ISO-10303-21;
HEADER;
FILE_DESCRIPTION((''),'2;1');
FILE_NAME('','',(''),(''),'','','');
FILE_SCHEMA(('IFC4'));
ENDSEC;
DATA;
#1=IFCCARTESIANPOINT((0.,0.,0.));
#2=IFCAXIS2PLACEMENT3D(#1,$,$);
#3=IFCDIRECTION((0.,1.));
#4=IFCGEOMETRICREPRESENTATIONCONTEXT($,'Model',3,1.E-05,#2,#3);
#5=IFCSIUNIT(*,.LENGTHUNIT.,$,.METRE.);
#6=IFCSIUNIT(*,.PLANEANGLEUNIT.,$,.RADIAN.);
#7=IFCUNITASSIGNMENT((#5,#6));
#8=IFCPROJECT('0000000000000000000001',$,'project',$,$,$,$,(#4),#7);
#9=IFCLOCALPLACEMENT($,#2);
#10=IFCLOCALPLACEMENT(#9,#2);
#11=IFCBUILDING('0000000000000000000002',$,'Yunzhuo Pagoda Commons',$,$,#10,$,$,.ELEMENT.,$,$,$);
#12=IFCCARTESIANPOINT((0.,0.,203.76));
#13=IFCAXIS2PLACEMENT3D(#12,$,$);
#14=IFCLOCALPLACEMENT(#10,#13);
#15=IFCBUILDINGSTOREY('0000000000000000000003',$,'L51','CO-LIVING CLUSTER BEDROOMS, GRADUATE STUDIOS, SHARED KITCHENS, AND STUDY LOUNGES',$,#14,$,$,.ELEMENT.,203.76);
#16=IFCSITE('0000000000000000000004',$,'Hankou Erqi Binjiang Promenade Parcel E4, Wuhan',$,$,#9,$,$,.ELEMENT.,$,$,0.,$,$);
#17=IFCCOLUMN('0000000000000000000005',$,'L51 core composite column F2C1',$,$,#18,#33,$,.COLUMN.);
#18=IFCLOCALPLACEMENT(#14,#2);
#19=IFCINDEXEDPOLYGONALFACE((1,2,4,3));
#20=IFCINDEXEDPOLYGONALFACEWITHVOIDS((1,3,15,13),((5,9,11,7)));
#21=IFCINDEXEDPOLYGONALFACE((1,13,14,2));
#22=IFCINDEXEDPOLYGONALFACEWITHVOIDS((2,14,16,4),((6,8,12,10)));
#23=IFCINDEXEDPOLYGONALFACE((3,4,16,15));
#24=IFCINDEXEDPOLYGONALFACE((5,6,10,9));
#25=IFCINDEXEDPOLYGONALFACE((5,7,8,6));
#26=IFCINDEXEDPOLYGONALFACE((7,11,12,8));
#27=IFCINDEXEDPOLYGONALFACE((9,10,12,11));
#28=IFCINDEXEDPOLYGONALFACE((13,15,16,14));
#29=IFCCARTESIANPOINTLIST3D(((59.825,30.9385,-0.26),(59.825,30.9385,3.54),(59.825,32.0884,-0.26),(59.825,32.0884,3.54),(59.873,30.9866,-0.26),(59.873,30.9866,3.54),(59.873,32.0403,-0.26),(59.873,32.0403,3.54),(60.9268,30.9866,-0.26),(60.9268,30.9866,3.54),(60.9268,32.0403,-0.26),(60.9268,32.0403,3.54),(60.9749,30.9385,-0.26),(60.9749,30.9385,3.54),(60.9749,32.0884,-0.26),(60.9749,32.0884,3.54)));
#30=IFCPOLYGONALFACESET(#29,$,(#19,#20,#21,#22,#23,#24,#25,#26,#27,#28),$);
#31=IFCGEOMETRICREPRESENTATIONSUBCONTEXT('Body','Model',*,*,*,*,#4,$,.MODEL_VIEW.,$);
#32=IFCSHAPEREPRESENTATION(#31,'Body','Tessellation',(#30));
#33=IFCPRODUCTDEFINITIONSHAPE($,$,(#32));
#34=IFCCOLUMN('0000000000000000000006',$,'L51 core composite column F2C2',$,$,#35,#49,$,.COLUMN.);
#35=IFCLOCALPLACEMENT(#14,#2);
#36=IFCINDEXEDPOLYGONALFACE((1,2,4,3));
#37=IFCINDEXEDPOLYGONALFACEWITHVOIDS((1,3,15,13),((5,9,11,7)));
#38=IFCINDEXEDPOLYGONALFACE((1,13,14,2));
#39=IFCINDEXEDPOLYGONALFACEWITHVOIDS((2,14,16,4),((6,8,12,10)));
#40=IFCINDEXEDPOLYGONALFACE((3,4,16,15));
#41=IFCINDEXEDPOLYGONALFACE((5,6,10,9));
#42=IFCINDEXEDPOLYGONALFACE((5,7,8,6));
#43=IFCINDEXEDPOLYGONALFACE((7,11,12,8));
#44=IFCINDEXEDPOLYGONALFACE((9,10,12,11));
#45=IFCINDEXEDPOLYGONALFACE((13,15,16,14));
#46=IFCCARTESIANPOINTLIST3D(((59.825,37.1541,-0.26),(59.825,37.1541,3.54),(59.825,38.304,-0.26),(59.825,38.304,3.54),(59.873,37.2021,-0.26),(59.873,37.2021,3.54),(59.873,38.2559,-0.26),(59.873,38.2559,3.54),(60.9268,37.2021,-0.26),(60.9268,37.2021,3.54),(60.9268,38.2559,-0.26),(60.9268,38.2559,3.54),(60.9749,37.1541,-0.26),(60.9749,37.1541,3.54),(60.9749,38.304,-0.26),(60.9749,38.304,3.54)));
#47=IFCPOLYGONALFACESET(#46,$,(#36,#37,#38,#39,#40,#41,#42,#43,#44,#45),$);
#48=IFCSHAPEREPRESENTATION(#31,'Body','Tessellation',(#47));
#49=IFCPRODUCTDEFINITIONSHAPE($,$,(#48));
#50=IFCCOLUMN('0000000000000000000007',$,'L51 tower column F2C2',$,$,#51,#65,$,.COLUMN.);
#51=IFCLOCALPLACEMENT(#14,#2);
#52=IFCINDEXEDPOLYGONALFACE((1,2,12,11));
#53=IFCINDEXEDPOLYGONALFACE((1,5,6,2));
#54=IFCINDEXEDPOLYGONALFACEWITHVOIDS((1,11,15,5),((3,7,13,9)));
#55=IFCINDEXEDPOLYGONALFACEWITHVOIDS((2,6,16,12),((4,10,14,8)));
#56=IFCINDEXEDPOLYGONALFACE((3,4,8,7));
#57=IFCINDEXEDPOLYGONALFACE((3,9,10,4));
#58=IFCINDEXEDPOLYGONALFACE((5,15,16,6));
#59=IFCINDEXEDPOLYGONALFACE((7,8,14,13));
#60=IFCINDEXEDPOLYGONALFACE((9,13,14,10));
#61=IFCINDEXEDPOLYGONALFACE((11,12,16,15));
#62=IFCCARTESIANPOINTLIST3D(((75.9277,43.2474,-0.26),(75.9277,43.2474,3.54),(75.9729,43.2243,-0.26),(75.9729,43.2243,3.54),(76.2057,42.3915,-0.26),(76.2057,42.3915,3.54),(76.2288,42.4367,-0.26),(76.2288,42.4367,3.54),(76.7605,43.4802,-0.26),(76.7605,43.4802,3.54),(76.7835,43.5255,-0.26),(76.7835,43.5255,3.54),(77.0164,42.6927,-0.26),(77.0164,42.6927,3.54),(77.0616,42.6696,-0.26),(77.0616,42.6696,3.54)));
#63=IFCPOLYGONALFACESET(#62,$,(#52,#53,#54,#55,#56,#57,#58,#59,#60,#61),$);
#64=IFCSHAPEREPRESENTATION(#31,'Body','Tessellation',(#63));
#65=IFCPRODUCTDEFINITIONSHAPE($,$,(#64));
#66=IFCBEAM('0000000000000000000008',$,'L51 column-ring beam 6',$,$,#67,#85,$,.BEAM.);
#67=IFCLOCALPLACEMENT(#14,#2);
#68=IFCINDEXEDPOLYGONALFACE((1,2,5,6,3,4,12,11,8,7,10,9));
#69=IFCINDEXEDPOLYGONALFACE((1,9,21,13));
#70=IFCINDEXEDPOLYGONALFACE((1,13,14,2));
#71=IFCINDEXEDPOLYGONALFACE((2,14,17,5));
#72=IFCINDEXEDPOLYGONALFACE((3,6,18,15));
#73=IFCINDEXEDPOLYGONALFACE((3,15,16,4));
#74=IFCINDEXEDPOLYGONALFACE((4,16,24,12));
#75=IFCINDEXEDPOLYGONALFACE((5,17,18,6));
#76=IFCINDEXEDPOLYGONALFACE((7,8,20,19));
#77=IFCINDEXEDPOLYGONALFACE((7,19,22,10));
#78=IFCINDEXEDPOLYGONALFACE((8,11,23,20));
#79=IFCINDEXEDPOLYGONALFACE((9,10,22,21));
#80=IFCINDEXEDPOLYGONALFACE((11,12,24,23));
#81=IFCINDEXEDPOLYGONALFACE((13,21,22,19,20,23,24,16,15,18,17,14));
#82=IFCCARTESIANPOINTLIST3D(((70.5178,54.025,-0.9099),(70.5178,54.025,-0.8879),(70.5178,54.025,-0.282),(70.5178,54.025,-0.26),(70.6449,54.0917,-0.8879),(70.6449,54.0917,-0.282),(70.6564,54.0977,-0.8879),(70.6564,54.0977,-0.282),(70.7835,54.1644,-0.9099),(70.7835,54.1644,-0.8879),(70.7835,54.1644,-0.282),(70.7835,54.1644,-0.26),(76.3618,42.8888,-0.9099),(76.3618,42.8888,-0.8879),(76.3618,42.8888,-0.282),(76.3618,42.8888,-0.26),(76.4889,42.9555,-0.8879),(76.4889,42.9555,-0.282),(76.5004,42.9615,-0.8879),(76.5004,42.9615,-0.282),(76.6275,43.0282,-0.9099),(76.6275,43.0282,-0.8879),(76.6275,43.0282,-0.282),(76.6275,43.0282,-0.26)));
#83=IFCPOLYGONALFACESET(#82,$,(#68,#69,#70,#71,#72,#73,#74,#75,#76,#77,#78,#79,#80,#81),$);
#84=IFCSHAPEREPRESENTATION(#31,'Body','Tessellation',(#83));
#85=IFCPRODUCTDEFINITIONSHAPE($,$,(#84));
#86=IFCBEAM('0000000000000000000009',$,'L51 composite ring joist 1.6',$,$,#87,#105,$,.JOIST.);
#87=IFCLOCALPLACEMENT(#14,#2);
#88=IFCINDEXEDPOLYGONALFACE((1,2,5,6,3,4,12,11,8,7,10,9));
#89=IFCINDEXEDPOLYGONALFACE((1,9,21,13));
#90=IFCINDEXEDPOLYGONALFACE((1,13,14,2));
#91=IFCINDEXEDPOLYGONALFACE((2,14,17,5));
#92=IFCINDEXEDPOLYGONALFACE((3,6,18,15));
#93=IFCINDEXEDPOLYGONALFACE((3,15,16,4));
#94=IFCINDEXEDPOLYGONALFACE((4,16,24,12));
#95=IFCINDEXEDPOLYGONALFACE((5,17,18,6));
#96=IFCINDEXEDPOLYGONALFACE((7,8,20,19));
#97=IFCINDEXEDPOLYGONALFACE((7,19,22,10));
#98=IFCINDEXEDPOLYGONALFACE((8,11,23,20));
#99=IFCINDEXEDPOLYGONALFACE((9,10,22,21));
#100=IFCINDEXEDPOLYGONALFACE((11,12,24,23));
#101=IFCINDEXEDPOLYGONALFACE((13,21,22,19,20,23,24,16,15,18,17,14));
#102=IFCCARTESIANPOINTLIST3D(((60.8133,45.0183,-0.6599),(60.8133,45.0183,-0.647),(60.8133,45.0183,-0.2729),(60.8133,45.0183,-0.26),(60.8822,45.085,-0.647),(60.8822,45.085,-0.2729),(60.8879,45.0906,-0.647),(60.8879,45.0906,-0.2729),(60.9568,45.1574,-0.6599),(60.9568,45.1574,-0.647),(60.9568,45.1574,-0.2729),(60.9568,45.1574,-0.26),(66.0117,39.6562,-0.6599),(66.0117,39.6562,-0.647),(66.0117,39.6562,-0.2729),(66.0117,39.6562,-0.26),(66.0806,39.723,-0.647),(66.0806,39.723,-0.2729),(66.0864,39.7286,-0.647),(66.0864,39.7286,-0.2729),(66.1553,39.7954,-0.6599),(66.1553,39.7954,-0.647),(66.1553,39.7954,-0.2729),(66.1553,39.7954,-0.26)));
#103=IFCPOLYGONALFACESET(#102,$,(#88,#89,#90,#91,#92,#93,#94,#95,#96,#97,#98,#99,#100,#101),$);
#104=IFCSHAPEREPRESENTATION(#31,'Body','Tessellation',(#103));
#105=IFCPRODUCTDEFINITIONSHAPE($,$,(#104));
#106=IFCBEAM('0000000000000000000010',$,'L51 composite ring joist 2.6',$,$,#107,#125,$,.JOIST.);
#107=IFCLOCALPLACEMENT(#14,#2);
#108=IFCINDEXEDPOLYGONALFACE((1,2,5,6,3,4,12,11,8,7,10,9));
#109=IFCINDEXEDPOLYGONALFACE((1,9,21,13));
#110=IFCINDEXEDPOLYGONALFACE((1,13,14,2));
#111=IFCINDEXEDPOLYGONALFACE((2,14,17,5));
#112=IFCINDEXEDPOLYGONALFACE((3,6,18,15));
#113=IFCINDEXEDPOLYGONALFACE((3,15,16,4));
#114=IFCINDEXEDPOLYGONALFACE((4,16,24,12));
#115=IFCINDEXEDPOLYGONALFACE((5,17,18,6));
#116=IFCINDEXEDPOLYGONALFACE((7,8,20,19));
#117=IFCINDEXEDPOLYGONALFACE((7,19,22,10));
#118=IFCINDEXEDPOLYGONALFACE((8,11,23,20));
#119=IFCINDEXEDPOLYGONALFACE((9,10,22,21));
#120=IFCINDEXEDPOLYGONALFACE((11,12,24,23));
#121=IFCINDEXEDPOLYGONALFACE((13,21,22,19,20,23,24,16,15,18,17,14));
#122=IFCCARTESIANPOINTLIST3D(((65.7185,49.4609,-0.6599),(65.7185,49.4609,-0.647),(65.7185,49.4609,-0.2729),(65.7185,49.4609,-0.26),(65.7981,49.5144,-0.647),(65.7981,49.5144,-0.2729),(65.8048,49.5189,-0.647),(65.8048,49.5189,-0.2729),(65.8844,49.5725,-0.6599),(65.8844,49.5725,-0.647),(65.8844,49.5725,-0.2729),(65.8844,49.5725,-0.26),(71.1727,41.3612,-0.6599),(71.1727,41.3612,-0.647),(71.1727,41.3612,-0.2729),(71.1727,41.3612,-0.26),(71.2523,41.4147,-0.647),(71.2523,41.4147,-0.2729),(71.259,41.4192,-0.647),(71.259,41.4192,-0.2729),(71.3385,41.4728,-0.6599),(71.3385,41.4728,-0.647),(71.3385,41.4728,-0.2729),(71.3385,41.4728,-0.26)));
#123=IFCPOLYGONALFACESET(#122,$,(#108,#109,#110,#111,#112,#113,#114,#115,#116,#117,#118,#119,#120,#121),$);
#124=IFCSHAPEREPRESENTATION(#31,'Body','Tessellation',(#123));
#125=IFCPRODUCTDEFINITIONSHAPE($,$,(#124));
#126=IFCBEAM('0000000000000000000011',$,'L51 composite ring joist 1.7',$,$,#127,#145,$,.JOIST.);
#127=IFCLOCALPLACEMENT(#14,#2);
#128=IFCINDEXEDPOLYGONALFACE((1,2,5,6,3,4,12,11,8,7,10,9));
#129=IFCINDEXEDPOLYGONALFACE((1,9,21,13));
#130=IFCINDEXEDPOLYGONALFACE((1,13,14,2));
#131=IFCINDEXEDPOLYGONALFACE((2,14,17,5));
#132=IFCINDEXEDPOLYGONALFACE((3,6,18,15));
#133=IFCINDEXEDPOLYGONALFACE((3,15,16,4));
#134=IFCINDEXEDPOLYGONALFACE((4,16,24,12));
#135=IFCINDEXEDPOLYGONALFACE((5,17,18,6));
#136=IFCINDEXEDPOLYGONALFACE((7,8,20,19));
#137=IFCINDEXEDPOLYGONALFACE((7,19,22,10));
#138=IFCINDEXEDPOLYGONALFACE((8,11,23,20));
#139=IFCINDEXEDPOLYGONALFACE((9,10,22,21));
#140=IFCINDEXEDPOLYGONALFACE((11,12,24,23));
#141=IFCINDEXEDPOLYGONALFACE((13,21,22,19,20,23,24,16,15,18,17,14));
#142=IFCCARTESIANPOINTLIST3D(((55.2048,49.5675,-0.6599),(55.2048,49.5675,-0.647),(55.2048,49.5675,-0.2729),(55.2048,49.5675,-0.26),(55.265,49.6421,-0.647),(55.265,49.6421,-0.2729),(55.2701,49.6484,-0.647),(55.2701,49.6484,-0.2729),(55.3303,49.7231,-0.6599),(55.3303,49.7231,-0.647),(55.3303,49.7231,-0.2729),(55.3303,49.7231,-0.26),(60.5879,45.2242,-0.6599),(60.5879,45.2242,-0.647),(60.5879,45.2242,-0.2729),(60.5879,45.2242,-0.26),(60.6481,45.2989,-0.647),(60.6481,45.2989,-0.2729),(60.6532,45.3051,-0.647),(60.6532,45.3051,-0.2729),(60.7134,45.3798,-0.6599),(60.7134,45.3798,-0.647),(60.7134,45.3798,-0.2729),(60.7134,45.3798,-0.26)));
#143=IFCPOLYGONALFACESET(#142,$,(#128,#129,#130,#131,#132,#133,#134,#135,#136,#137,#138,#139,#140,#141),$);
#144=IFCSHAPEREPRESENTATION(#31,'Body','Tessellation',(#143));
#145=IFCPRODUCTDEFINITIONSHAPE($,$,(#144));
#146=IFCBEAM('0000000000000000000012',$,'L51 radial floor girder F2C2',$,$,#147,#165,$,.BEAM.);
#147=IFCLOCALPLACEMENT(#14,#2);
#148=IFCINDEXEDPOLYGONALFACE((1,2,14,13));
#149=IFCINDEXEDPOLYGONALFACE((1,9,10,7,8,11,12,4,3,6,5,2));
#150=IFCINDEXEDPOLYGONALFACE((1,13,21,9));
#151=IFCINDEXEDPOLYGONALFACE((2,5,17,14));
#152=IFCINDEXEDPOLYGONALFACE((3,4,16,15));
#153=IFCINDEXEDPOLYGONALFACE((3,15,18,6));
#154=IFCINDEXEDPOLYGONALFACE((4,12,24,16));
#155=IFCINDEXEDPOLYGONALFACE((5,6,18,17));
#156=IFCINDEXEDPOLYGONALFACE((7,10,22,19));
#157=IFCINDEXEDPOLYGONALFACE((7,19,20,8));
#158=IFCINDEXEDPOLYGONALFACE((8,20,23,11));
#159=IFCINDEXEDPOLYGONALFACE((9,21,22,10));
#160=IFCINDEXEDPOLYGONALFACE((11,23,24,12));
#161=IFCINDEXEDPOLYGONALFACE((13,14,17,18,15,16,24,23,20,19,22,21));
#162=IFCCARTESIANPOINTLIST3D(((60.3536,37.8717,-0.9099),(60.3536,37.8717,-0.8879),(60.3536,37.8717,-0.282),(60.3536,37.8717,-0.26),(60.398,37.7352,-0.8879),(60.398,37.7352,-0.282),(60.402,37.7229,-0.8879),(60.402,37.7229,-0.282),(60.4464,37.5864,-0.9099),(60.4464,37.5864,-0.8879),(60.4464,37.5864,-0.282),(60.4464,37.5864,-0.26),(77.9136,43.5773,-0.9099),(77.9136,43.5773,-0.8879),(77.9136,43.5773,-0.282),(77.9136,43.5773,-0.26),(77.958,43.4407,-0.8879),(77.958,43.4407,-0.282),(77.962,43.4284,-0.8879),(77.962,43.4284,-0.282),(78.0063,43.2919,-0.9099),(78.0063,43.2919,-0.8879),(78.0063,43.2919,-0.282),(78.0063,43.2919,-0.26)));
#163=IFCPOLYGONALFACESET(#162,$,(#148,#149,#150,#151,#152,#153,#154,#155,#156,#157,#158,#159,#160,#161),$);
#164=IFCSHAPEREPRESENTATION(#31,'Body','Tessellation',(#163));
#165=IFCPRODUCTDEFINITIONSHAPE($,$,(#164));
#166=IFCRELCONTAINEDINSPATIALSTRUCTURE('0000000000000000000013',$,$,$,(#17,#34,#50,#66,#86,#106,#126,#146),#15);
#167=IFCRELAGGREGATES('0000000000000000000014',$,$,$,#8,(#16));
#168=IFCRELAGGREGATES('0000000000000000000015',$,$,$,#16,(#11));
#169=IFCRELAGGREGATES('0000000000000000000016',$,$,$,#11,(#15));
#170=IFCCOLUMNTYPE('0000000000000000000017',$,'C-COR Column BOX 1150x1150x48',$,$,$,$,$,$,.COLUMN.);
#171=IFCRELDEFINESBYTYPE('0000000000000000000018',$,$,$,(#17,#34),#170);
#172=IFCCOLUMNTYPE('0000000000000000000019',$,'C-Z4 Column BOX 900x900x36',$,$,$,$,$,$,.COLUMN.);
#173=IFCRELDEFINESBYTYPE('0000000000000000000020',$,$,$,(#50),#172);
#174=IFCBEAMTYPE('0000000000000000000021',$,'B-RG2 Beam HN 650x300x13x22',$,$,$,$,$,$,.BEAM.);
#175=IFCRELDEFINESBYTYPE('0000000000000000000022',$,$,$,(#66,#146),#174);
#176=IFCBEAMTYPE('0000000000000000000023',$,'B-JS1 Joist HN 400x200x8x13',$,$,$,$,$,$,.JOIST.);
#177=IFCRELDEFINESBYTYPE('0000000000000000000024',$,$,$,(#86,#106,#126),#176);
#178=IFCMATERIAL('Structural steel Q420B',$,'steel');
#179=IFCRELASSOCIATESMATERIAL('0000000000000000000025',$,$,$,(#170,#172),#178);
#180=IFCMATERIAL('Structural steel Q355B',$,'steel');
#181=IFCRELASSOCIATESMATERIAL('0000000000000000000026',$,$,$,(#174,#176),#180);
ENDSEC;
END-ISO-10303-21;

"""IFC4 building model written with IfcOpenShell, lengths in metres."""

from ifc_helpers import new_model, si_unit, direction, frame, origin, origin_2d, place, context, subcontext, project, spatial, hollow_rectangle, i_section, extrude, source, transform, mapped, material, material_profile, profile_set, type_object, element, save


model = new_model("IFC4")

# Units and contexts
model_context = context("Model", 3, precision=1e-05, world=origin(), true_north=direction((0.0, 1.0)))
body_context = subcontext(model_context, "Body", "Model", "MODEL_VIEW")
ifc_project = project(units=[si_unit("LENGTHUNIT", "METRE"), si_unit("PLANEANGLEUNIT", "RADIAN")], contexts=[model_context])

# Site, building, storey
site_placement = place(None, origin())
site = spatial("IfcSite", under=ifc_project, at=site_placement, Name="Hankou Erqi Binjiang Promenade Parcel E4, Wuhan", CompositionType="ELEMENT", RefElevation=0.0)
building_placement = place(site_placement, origin())
building = spatial("IfcBuilding", under=site, at=building_placement, Name="Yunzhuo Pagoda Commons", CompositionType="ELEMENT")
storey_placement = place(building_placement, frame((0.0, 0.0, 203.76)))
storey = spatial("IfcBuildingStorey", under=building, at=storey_placement, Name="L51", Description="CO-LIVING CLUSTER BEDROOMS, GRADUATE STUDIOS, SHARED KITCHENS, AND STUDY LOUNGES", CompositionType="ELEMENT", Elevation=203.76)

# Columns
ifc_material_1 = material(Name="Structural steel Q420B", Category="steel")
ifc_material_profile_1 = material_profile(ifc_material_1, hollow_rectangle(XDim=1.1499, YDim=1.1499, WallThickness=0.0481, at=origin_2d()), Name="Structural steel Q420B")
ifc_profile_set_1 = profile_set([ifc_material_profile_1], Name="Structural steel Q420B")
column_type_1 = type_object("IfcColumnType", Name="C-COR Column BOX 1150x1150x48", PredefinedType="COLUMN", material=ifc_profile_set_1)
shared_shape_1 = source(origin(), body_context, "Body", "SweptSolid", [
    extrude(hollow_rectangle(XDim=1.1499, YDim=1.1499, WallThickness=0.0481, at=origin_2d()), origin(), (0.0, 0.0, 1.0), 3.8),
])
for number, where, z_axis, x_axis, name in (
    (1, (60.3999, 31.5134, -0.26), (0.0, 0.0, 1.0), (1.0, 0.0, 0.0), "L51 core composite column F2C1"),
    (2, (60.3999, 37.729, -0.26), (0.0, 0.0, 1.0), (1.0, 0.0, 0.0), "L51 core composite column F2C2"),
):
    element("IfcColumn", number, at=place(storey_placement, frame(where, z_axis=z_axis, x_axis=x_axis)), inside=storey, type_object=column_type_1, Name=name, PredefinedType="COLUMN", context=body_context, shape_type="MappedRepresentation", body=[
        mapped(shared_shape_1, transform((0.0, 0.0, 0.0), scale=1.0)),
    ])
ifc_material_profile_2 = material_profile(ifc_material_1, hollow_rectangle(XDim=0.8999, YDim=0.8999, WallThickness=0.0359, at=origin_2d()), Name="Structural steel Q420B")
ifc_profile_set_2 = profile_set([ifc_material_profile_2], Name="Structural steel Q420B")
column_type_2 = type_object("IfcColumnType", Name="C-Z4 Column BOX 900x900x36", PredefinedType="COLUMN", material=ifc_profile_set_2)
shared_shape_2 = source(origin(), body_context, "Body", "SweptSolid", [
    extrude(hollow_rectangle(XDim=0.8999, YDim=0.8999, WallThickness=0.0359, at=origin_2d()), origin(), (0.0, 0.0, 1.0), 3.8),
])
column_placement = place(storey_placement, frame((76.4946, 42.9585, -0.26), z_axis=(0.0, 0.0, 1.0), x_axis=(-0.309017, 0.951057, 0.0)))
element("IfcColumn", 3, at=column_placement, inside=storey, type_object=column_type_2, Name="L51 tower column F2C2", PredefinedType="COLUMN", context=body_context, shape_type="MappedRepresentation", body=[
    mapped(shared_shape_2, transform((0.0, 0.0, 0.0), scale=1.0)),
])

# Beams
ifc_material_2 = material(Name="Structural steel Q355B", Category="steel")
ifc_material_profile_3 = material_profile(ifc_material_2, i_section(OverallWidth=0.3, OverallDepth=0.6499, WebThickness=0.0129, FlangeThickness=0.022, at=origin_2d()), Name="Structural steel Q355B")
ifc_profile_set_3 = profile_set([ifc_material_profile_3], Name="Structural steel Q355B")
beam_type_1 = type_object("IfcBeamType", Name="B-RG2 Beam HN 650x300x13x22", PredefinedType="BEAM", material=ifc_profile_set_3)
shared_shape_3 = source(origin(), body_context, "Body", "SweptSolid", [
    extrude(i_section(OverallWidth=0.3, OverallDepth=0.6499, WebThickness=0.0129, FlangeThickness=0.022, at=origin_2d()), origin(), (0.0, 0.0, 1.0), 12.5764),
])
beam_1_placement = place(storey_placement, frame((76.4946, 42.9585, -0.585), z_axis=(-0.464676, 0.885481, 0.0), x_axis=(-0.885481, -0.464676, 0.0)))
element("IfcBeam", 4, at=beam_1_placement, inside=storey, type_object=beam_type_1, Name="L51 column-ring beam 6", PredefinedType="BEAM", context=body_context, shape_type="MappedRepresentation", body=[
    mapped(shared_shape_3, transform((0.0, 0.0, 0.0), scale=1.0)),
])
ifc_material_profile_4 = material_profile(ifc_material_2, i_section(OverallWidth=0.2, OverallDepth=0.3999, WebThickness=0.0081, FlangeThickness=0.0129, at=origin_2d()), Name="Structural steel Q355B")
ifc_profile_set_4 = profile_set([ifc_material_profile_4], Name="Structural steel Q355B")
beam_type_2 = type_object("IfcBeamType", Name="B-JS1 Joist HN 400x200x8x13", PredefinedType="JOIST", material=ifc_profile_set_4)
shared_shape_4 = source(origin(), body_context, "Body", "SweptSolid", [
    extrude(i_section(OverallWidth=0.2, OverallDepth=0.3999, WebThickness=0.0081, FlangeThickness=0.0129, at=origin_2d()), origin(), (0.0, 0.0, 1.0), 7.4683),
])
beam_2_placement = place(storey_placement, frame((66.0835, 39.7258, -0.46), z_axis=(-0.696071, 0.717973, 0.0), x_axis=(-0.717973, -0.696071, 0.0)))
element("IfcBeam", 5, at=beam_2_placement, inside=storey, type_object=beam_type_2, Name="L51 composite ring joist 1.6", PredefinedType="JOIST", context=body_context, shape_type="MappedRepresentation", body=[
    mapped(shared_shape_4, transform((0.0, 0.0, 0.0), scale=1.0)),
])
shared_shape_5 = source(origin(), body_context, "Body", "SweptSolid", [
    extrude(i_section(OverallWidth=0.2, OverallDepth=0.3999, WebThickness=0.0081, FlangeThickness=0.0129, at=origin_2d()), origin(), (0.0, 0.0, 1.0), 9.7649),
])
beam_3_placement = place(storey_placement, frame((71.2556, 41.417, -0.46), z_axis=(-0.558548, 0.829472, 0.0), x_axis=(-0.829472, -0.558548, 0.0)))
element("IfcBeam", 6, at=beam_3_placement, inside=storey, type_object=beam_type_2, Name="L51 composite ring joist 2.6", PredefinedType="JOIST", context=body_context, shape_type="MappedRepresentation", body=[
    mapped(shared_shape_5, transform((0.0, 0.0, 0.0), scale=1.0)),
])
shared_shape_6 = source(origin(), body_context, "Body", "SweptSolid", [
    extrude(i_section(OverallWidth=0.2, OverallDepth=0.3999, WebThickness=0.0081, FlangeThickness=0.0129, at=origin_2d()), origin(), (0.0, 0.0, 1.0), 6.9167),
])
beam_4_placement = place(storey_placement, frame((60.6506, 45.302, -0.46), z_axis=(-0.778266, 0.627935, 0.0), x_axis=(-0.627935, -0.778266, 0.0)))
element("IfcBeam", 7, at=beam_4_placement, inside=storey, type_object=beam_type_2, Name="L51 composite ring joist 1.7", PredefinedType="JOIST", context=body_context, shape_type="MappedRepresentation", body=[
    mapped(shared_shape_6, transform((0.0, 0.0, 0.0), scale=1.0)),
])
shared_shape_7 = source(origin(), body_context, "Body", "SweptSolid", [
    extrude(i_section(OverallWidth=0.3, OverallDepth=0.6499, WebThickness=0.0129, FlangeThickness=0.022, at=origin_2d()), origin(), (0.0, 0.0, 1.0), 18.4636),
])
beam_5_placement = place(storey_placement, frame((77.96, 43.4346, -0.585), z_axis=(-0.951057, -0.309015, 0.0), x_axis=(0.309015, -0.951057, 0.0)))
element("IfcBeam", 8, at=beam_5_placement, inside=storey, type_object=beam_type_1, Name="L51 radial floor girder F2C2", PredefinedType="BEAM", context=body_context, shape_type="MappedRepresentation", body=[
    mapped(shared_shape_7, transform((0.0, 0.0, 0.0), scale=1.0)),
])

save(model, "model.ifc")
